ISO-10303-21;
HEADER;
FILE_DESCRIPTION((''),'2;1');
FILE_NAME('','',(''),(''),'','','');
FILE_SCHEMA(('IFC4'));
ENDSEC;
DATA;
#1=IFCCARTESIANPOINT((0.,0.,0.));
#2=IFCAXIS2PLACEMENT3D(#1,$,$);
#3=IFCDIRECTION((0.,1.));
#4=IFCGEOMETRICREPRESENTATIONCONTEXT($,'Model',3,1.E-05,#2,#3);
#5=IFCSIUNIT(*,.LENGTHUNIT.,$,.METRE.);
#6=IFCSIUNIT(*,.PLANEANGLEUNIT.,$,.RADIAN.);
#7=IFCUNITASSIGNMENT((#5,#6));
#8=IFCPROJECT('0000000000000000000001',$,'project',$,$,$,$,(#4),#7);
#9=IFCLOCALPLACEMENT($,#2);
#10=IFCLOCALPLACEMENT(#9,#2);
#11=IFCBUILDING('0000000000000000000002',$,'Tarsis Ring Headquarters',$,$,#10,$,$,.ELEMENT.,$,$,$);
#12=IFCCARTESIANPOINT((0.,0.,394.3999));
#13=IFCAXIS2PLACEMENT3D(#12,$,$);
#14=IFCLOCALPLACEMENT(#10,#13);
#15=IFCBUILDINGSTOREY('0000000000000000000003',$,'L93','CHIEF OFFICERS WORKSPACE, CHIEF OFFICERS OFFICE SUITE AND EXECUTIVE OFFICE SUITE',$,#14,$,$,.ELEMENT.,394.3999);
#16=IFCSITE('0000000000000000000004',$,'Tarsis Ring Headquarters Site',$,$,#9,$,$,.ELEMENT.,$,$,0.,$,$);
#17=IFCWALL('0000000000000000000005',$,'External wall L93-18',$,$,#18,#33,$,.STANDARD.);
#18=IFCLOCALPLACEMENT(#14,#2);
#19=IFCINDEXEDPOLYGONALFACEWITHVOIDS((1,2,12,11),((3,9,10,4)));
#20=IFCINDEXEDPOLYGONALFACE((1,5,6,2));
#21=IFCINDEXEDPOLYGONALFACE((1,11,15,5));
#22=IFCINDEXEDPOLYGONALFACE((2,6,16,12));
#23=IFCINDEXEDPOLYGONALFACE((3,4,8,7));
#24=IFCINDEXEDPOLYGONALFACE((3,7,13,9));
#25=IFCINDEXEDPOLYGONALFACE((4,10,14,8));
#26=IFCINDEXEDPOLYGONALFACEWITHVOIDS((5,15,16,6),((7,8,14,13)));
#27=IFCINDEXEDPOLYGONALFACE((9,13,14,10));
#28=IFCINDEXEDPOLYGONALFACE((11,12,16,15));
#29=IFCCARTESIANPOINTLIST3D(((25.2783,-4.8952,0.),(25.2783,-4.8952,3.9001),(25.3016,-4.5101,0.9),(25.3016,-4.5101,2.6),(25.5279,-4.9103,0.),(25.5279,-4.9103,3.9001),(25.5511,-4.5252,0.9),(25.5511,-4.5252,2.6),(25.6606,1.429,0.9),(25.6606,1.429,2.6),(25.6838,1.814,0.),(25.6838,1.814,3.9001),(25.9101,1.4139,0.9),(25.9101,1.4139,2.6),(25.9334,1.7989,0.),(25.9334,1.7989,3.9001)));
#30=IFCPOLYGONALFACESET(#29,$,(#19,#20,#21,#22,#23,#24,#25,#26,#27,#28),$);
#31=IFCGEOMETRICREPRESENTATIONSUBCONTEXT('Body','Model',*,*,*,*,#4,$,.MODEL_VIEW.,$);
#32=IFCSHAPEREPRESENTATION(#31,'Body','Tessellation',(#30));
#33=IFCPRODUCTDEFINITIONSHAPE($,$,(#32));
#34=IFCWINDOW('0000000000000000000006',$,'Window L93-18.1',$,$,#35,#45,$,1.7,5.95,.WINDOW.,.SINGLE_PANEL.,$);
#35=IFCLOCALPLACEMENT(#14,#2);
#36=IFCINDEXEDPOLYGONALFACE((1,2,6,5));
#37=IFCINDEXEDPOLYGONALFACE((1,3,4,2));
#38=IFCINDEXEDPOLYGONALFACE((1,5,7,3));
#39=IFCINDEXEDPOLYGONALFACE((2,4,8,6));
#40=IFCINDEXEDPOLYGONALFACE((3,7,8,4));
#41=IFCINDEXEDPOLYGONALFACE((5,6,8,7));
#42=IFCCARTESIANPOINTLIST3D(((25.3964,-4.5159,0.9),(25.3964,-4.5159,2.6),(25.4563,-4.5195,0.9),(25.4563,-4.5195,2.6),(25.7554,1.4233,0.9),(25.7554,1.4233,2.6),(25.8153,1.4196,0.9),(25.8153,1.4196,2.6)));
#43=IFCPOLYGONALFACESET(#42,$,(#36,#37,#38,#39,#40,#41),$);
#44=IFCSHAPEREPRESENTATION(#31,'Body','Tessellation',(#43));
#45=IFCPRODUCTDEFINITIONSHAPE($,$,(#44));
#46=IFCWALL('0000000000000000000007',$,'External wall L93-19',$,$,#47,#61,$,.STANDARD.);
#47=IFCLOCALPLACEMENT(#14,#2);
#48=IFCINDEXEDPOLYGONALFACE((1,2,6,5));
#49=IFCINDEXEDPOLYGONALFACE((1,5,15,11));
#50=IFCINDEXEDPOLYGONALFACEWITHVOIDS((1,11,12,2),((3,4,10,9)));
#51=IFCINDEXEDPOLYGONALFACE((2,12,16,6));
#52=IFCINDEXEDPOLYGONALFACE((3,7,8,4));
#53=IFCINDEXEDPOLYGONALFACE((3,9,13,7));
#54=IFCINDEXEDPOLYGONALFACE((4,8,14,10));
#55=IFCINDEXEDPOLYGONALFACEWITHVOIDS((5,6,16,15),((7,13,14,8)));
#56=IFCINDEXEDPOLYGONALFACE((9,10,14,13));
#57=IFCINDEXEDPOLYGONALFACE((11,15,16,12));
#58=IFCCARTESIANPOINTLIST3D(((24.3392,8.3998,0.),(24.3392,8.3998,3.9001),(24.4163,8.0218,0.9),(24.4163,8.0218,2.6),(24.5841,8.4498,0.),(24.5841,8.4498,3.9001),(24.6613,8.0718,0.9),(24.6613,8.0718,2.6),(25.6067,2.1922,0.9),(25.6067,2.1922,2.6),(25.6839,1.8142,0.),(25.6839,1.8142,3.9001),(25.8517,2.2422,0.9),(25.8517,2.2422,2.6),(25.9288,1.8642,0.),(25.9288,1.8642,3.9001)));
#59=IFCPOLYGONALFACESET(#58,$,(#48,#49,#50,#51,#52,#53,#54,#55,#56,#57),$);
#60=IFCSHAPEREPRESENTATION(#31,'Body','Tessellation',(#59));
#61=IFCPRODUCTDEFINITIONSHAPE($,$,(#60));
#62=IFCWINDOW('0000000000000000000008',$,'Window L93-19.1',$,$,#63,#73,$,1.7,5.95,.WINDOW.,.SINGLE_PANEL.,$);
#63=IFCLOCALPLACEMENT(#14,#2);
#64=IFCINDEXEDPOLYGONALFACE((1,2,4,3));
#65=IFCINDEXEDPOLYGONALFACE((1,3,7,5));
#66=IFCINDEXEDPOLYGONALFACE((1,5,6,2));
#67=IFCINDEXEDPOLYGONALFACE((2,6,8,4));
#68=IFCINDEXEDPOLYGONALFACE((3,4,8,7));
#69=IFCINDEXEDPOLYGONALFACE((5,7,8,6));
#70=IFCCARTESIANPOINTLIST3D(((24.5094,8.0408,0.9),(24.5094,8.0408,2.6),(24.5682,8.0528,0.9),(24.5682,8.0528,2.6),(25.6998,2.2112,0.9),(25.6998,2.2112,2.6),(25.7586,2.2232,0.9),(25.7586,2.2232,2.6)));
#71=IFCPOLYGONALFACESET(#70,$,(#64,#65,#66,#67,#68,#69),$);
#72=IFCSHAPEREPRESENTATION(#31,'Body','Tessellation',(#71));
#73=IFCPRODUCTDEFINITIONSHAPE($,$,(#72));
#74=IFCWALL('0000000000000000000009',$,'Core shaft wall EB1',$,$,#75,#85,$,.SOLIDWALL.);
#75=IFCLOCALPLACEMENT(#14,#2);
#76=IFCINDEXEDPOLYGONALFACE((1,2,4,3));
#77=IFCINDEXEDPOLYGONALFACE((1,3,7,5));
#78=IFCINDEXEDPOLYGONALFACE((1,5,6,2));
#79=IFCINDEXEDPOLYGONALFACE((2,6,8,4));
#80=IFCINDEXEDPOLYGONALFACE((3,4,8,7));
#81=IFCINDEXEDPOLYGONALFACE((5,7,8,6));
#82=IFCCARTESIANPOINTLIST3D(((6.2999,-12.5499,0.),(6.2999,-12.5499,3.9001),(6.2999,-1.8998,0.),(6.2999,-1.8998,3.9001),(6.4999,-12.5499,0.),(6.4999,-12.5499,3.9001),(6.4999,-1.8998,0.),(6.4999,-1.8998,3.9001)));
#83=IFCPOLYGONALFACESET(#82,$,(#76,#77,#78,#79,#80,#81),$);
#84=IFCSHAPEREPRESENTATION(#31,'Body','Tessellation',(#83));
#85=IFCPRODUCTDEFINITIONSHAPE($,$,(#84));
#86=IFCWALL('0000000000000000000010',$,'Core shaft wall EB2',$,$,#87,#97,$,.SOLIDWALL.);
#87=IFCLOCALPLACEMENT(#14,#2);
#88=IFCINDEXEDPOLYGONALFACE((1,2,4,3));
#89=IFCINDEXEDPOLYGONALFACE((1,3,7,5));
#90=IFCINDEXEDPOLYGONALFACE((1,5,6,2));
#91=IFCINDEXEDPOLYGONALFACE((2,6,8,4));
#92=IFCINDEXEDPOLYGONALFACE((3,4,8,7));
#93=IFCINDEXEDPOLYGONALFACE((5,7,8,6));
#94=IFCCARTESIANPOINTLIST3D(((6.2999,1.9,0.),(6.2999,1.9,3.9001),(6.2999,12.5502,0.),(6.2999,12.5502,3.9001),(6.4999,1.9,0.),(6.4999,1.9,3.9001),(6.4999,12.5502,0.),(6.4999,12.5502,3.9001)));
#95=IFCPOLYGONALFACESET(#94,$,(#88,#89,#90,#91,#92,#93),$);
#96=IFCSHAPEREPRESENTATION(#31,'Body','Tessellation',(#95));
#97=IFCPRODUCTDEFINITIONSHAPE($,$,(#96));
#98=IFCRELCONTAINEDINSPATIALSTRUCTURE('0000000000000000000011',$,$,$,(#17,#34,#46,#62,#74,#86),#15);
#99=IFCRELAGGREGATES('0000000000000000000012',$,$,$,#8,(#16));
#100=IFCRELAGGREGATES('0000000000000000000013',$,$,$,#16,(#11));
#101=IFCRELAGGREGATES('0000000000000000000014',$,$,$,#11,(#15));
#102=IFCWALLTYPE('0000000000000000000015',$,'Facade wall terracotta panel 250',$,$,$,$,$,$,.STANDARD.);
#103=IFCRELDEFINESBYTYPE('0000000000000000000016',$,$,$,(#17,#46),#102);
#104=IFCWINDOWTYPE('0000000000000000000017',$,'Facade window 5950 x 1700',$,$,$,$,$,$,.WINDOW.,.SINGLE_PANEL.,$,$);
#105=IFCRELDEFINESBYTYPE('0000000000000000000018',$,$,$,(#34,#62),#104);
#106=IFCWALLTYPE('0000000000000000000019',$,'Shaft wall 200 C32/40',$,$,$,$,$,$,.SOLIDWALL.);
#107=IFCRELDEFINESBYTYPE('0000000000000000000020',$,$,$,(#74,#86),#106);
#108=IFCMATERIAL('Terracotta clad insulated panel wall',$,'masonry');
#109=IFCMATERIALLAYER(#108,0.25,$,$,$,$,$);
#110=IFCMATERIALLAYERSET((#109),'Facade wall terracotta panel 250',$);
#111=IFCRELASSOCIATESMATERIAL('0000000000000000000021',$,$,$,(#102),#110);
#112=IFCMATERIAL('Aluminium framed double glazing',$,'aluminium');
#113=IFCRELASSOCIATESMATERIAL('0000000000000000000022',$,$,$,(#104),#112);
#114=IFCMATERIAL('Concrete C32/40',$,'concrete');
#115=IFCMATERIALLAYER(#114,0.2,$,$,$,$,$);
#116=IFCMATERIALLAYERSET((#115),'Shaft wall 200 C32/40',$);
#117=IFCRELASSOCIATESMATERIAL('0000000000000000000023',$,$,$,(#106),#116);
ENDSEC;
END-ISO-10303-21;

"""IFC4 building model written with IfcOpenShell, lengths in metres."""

from ifc_helpers import new_model, si_unit, direction, frame, frame_2d, origin, place, context, subcontext, project, spatial, rectangle, extrude, material, layer, layer_set, type_object, element, fill, save


model = new_model("IFC4")

# Units and contexts
model_context = context("Model", 3, precision=1e-05, world=origin(), true_north=direction((0.0, 1.0)))
body_context = subcontext(model_context, "Body", "Model", "MODEL_VIEW")
ifc_project = project(units=[si_unit("LENGTHUNIT", "METRE"), si_unit("PLANEANGLEUNIT", "RADIAN")], contexts=[model_context])

# Site, building, storey
site_placement = place(None, origin())
site = spatial("IfcSite", under=ifc_project, at=site_placement, Name="Tarsis Ring Headquarters Site", CompositionType="ELEMENT", RefElevation=0.0)
building_placement = place(site_placement, origin())
building = spatial("IfcBuilding", under=site, at=building_placement, Name="Tarsis Ring Headquarters", CompositionType="ELEMENT")
storey_placement = place(building_placement, frame((0.0, 0.0, 394.3999)))
storey = spatial("IfcBuildingStorey", under=building, at=storey_placement, Name="L93", Description="CHIEF OFFICERS WORKSPACE, CHIEF OFFICERS OFFICE SUITE AND EXECUTIVE OFFICE SUITE", CompositionType="ELEMENT", Elevation=394.3999)

# Walls, openings, windows
ifc_material_1 = material(Name="Terracotta clad insulated panel wall", Category="masonry")
ifc_layer_1 = layer(ifc_material_1, 0.25)
ifc_layer_set_1 = layer_set([ifc_layer_1], Name="Facade wall terracotta panel 250")
wall_type_1 = type_object("IfcWallType", Name="Facade wall terracotta panel 250", PredefinedType="STANDARD", material=ifc_layer_set_1)
ifc_material_2 = material(Name="Aluminium framed double glazing", Category="aluminium")
wall_1_placement = place(storey_placement, frame((25.4031, -4.9028, 0.0), z_axis=(0.0, 0.0, 1.0), x_axis=(0.060332, 0.998178, 0.0)))
wall_1 = element("IfcWall", 1, at=wall_1_placement, inside=storey, type_object=wall_type_1, Name="External wall L93-18", PredefinedType="STANDARD", context=body_context, shape_type="SweptSolid", body=[
    extrude(rectangle(XDim=6.7214, YDim=0.25, at=frame_2d((3.3608, 0.0))), origin(), (0.0, 0.0, 1.0), 3.9001),
])
opening_1_placement = place(wall_1_placement, frame((0.3857, 0.0, 0.8999)))
opening_1 = element("IfcOpeningElement", 2, at=opening_1_placement, cuts=wall_1, PredefinedType="OPENING", context=body_context, shape_type="SweptSolid", body=[
    extrude(rectangle(XDim=5.95, YDim=1.7, at=frame_2d((2.9751, 0.8501))), frame((0.0, 0.135, 0.0), z_axis=(0.0, -1.0, 0.0), x_axis=(1.0, 0.0, 0.0)), (0.0, 0.0, 1.0), 0.27),
])
window_type_1 = type_object("IfcWindowType", Name="Facade window 5950 x 1700", PartitioningType="SINGLE_PANEL", PredefinedType="WINDOW", material=ifc_material_2)
window_1_placement = place(opening_1_placement, origin())
window_1 = element("IfcWindow", 3, at=window_1_placement, inside=storey, type_object=window_type_1, Name="Window L93-18.1", OverallHeight=1.7, OverallWidth=5.95, PartitioningType="SINGLE_PANEL", PredefinedType="WINDOW", context=body_context, shape_type="SweptSolid", body=[
    extrude(rectangle(XDim=5.95, YDim=1.7, at=frame_2d((2.9751, 0.8501))), frame((0.0, 0.03, 0.0), z_axis=(0.0, -1.0, 0.0), x_axis=(1.0, 0.0, 0.0)), (0.0, 0.0, 1.0), 0.0601),
])
fill(opening_1, window_1)
wall_2_placement = place(storey_placement, frame((25.8064, 1.8391, 0.0), z_axis=(0.0, 0.0, 1.0), x_axis=(-0.200068, 0.979782, 0.0)))
wall_2 = element("IfcWall", 4, at=wall_2_placement, inside=storey, type_object=wall_type_1, Name="External wall L93-19", PredefinedType="STANDARD", context=body_context, shape_type="SweptSolid", body=[
    extrude(rectangle(XDim=6.7214, YDim=0.25, at=frame_2d((3.3608, 0.0))), origin(), (0.0, 0.0, 1.0), 3.9001),
])
opening_2_placement = place(wall_2_placement, frame((0.3857, 0.0, 0.8999)))
opening_2 = element("IfcOpeningElement", 5, at=opening_2_placement, cuts=wall_2, PredefinedType="OPENING", context=body_context, shape_type="SweptSolid", body=[
    extrude(rectangle(XDim=5.95, YDim=1.7, at=frame_2d((2.9751, 0.8501))), frame((0.0, 0.135, 0.0), z_axis=(0.0, -1.0, 0.0), x_axis=(1.0, 0.0, 0.0)), (0.0, 0.0, 1.0), 0.27),
])
window_2_placement = place(opening_2_placement, origin())
window_2 = element("IfcWindow", 6, at=window_2_placement, inside=storey, type_object=window_type_1, Name="Window L93-19.1", OverallHeight=1.7, OverallWidth=5.95, PartitioningType="SINGLE_PANEL", PredefinedType="WINDOW", context=body_context, shape_type="SweptSolid", body=[
    extrude(rectangle(XDim=5.95, YDim=1.7, at=frame_2d((2.9751, 0.8501))), frame((0.0, 0.03, 0.0), z_axis=(0.0, -1.0, 0.0), x_axis=(1.0, 0.0, 0.0)), (0.0, 0.0, 1.0), 0.0601),
])
fill(opening_2, window_2)

# Walls
ifc_material_3 = material(Name="Concrete C32/40", Category="concrete")
ifc_layer_2 = layer(ifc_material_3, 0.2)
ifc_layer_set_2 = layer_set([ifc_layer_2], Name="Shaft wall 200 C32/40")
wall_type_2 = type_object("IfcWallType", Name="Shaft wall 200 C32/40", PredefinedType="SOLIDWALL", material=ifc_layer_set_2)
for number, where, z_axis, x_axis, name in (
    (7, (6.3999, -12.55, 0.0), (0.0, 0.0, 1.0), (0.0, 1.0, 0.0), "Core shaft wall EB1"),
    (8, (6.3999, 1.8999, 0.0), (0.0, 0.0, 1.0), (0.0, 1.0, 0.0), "Core shaft wall EB2"),
):
    element("IfcWall", number, at=place(storey_placement, frame(where, z_axis=z_axis, x_axis=x_axis)), inside=storey, type_object=wall_type_2, Name=name, PredefinedType="SOLIDWALL", context=body_context, shape_type="SweptSolid", body=[
        extrude(rectangle(XDim=10.6501, YDim=0.2, at=frame_2d((5.3252, 0.0))), origin(), (0.0, 0.0, 1.0), 3.9001),
    ])

save(model, "model.ifc")
